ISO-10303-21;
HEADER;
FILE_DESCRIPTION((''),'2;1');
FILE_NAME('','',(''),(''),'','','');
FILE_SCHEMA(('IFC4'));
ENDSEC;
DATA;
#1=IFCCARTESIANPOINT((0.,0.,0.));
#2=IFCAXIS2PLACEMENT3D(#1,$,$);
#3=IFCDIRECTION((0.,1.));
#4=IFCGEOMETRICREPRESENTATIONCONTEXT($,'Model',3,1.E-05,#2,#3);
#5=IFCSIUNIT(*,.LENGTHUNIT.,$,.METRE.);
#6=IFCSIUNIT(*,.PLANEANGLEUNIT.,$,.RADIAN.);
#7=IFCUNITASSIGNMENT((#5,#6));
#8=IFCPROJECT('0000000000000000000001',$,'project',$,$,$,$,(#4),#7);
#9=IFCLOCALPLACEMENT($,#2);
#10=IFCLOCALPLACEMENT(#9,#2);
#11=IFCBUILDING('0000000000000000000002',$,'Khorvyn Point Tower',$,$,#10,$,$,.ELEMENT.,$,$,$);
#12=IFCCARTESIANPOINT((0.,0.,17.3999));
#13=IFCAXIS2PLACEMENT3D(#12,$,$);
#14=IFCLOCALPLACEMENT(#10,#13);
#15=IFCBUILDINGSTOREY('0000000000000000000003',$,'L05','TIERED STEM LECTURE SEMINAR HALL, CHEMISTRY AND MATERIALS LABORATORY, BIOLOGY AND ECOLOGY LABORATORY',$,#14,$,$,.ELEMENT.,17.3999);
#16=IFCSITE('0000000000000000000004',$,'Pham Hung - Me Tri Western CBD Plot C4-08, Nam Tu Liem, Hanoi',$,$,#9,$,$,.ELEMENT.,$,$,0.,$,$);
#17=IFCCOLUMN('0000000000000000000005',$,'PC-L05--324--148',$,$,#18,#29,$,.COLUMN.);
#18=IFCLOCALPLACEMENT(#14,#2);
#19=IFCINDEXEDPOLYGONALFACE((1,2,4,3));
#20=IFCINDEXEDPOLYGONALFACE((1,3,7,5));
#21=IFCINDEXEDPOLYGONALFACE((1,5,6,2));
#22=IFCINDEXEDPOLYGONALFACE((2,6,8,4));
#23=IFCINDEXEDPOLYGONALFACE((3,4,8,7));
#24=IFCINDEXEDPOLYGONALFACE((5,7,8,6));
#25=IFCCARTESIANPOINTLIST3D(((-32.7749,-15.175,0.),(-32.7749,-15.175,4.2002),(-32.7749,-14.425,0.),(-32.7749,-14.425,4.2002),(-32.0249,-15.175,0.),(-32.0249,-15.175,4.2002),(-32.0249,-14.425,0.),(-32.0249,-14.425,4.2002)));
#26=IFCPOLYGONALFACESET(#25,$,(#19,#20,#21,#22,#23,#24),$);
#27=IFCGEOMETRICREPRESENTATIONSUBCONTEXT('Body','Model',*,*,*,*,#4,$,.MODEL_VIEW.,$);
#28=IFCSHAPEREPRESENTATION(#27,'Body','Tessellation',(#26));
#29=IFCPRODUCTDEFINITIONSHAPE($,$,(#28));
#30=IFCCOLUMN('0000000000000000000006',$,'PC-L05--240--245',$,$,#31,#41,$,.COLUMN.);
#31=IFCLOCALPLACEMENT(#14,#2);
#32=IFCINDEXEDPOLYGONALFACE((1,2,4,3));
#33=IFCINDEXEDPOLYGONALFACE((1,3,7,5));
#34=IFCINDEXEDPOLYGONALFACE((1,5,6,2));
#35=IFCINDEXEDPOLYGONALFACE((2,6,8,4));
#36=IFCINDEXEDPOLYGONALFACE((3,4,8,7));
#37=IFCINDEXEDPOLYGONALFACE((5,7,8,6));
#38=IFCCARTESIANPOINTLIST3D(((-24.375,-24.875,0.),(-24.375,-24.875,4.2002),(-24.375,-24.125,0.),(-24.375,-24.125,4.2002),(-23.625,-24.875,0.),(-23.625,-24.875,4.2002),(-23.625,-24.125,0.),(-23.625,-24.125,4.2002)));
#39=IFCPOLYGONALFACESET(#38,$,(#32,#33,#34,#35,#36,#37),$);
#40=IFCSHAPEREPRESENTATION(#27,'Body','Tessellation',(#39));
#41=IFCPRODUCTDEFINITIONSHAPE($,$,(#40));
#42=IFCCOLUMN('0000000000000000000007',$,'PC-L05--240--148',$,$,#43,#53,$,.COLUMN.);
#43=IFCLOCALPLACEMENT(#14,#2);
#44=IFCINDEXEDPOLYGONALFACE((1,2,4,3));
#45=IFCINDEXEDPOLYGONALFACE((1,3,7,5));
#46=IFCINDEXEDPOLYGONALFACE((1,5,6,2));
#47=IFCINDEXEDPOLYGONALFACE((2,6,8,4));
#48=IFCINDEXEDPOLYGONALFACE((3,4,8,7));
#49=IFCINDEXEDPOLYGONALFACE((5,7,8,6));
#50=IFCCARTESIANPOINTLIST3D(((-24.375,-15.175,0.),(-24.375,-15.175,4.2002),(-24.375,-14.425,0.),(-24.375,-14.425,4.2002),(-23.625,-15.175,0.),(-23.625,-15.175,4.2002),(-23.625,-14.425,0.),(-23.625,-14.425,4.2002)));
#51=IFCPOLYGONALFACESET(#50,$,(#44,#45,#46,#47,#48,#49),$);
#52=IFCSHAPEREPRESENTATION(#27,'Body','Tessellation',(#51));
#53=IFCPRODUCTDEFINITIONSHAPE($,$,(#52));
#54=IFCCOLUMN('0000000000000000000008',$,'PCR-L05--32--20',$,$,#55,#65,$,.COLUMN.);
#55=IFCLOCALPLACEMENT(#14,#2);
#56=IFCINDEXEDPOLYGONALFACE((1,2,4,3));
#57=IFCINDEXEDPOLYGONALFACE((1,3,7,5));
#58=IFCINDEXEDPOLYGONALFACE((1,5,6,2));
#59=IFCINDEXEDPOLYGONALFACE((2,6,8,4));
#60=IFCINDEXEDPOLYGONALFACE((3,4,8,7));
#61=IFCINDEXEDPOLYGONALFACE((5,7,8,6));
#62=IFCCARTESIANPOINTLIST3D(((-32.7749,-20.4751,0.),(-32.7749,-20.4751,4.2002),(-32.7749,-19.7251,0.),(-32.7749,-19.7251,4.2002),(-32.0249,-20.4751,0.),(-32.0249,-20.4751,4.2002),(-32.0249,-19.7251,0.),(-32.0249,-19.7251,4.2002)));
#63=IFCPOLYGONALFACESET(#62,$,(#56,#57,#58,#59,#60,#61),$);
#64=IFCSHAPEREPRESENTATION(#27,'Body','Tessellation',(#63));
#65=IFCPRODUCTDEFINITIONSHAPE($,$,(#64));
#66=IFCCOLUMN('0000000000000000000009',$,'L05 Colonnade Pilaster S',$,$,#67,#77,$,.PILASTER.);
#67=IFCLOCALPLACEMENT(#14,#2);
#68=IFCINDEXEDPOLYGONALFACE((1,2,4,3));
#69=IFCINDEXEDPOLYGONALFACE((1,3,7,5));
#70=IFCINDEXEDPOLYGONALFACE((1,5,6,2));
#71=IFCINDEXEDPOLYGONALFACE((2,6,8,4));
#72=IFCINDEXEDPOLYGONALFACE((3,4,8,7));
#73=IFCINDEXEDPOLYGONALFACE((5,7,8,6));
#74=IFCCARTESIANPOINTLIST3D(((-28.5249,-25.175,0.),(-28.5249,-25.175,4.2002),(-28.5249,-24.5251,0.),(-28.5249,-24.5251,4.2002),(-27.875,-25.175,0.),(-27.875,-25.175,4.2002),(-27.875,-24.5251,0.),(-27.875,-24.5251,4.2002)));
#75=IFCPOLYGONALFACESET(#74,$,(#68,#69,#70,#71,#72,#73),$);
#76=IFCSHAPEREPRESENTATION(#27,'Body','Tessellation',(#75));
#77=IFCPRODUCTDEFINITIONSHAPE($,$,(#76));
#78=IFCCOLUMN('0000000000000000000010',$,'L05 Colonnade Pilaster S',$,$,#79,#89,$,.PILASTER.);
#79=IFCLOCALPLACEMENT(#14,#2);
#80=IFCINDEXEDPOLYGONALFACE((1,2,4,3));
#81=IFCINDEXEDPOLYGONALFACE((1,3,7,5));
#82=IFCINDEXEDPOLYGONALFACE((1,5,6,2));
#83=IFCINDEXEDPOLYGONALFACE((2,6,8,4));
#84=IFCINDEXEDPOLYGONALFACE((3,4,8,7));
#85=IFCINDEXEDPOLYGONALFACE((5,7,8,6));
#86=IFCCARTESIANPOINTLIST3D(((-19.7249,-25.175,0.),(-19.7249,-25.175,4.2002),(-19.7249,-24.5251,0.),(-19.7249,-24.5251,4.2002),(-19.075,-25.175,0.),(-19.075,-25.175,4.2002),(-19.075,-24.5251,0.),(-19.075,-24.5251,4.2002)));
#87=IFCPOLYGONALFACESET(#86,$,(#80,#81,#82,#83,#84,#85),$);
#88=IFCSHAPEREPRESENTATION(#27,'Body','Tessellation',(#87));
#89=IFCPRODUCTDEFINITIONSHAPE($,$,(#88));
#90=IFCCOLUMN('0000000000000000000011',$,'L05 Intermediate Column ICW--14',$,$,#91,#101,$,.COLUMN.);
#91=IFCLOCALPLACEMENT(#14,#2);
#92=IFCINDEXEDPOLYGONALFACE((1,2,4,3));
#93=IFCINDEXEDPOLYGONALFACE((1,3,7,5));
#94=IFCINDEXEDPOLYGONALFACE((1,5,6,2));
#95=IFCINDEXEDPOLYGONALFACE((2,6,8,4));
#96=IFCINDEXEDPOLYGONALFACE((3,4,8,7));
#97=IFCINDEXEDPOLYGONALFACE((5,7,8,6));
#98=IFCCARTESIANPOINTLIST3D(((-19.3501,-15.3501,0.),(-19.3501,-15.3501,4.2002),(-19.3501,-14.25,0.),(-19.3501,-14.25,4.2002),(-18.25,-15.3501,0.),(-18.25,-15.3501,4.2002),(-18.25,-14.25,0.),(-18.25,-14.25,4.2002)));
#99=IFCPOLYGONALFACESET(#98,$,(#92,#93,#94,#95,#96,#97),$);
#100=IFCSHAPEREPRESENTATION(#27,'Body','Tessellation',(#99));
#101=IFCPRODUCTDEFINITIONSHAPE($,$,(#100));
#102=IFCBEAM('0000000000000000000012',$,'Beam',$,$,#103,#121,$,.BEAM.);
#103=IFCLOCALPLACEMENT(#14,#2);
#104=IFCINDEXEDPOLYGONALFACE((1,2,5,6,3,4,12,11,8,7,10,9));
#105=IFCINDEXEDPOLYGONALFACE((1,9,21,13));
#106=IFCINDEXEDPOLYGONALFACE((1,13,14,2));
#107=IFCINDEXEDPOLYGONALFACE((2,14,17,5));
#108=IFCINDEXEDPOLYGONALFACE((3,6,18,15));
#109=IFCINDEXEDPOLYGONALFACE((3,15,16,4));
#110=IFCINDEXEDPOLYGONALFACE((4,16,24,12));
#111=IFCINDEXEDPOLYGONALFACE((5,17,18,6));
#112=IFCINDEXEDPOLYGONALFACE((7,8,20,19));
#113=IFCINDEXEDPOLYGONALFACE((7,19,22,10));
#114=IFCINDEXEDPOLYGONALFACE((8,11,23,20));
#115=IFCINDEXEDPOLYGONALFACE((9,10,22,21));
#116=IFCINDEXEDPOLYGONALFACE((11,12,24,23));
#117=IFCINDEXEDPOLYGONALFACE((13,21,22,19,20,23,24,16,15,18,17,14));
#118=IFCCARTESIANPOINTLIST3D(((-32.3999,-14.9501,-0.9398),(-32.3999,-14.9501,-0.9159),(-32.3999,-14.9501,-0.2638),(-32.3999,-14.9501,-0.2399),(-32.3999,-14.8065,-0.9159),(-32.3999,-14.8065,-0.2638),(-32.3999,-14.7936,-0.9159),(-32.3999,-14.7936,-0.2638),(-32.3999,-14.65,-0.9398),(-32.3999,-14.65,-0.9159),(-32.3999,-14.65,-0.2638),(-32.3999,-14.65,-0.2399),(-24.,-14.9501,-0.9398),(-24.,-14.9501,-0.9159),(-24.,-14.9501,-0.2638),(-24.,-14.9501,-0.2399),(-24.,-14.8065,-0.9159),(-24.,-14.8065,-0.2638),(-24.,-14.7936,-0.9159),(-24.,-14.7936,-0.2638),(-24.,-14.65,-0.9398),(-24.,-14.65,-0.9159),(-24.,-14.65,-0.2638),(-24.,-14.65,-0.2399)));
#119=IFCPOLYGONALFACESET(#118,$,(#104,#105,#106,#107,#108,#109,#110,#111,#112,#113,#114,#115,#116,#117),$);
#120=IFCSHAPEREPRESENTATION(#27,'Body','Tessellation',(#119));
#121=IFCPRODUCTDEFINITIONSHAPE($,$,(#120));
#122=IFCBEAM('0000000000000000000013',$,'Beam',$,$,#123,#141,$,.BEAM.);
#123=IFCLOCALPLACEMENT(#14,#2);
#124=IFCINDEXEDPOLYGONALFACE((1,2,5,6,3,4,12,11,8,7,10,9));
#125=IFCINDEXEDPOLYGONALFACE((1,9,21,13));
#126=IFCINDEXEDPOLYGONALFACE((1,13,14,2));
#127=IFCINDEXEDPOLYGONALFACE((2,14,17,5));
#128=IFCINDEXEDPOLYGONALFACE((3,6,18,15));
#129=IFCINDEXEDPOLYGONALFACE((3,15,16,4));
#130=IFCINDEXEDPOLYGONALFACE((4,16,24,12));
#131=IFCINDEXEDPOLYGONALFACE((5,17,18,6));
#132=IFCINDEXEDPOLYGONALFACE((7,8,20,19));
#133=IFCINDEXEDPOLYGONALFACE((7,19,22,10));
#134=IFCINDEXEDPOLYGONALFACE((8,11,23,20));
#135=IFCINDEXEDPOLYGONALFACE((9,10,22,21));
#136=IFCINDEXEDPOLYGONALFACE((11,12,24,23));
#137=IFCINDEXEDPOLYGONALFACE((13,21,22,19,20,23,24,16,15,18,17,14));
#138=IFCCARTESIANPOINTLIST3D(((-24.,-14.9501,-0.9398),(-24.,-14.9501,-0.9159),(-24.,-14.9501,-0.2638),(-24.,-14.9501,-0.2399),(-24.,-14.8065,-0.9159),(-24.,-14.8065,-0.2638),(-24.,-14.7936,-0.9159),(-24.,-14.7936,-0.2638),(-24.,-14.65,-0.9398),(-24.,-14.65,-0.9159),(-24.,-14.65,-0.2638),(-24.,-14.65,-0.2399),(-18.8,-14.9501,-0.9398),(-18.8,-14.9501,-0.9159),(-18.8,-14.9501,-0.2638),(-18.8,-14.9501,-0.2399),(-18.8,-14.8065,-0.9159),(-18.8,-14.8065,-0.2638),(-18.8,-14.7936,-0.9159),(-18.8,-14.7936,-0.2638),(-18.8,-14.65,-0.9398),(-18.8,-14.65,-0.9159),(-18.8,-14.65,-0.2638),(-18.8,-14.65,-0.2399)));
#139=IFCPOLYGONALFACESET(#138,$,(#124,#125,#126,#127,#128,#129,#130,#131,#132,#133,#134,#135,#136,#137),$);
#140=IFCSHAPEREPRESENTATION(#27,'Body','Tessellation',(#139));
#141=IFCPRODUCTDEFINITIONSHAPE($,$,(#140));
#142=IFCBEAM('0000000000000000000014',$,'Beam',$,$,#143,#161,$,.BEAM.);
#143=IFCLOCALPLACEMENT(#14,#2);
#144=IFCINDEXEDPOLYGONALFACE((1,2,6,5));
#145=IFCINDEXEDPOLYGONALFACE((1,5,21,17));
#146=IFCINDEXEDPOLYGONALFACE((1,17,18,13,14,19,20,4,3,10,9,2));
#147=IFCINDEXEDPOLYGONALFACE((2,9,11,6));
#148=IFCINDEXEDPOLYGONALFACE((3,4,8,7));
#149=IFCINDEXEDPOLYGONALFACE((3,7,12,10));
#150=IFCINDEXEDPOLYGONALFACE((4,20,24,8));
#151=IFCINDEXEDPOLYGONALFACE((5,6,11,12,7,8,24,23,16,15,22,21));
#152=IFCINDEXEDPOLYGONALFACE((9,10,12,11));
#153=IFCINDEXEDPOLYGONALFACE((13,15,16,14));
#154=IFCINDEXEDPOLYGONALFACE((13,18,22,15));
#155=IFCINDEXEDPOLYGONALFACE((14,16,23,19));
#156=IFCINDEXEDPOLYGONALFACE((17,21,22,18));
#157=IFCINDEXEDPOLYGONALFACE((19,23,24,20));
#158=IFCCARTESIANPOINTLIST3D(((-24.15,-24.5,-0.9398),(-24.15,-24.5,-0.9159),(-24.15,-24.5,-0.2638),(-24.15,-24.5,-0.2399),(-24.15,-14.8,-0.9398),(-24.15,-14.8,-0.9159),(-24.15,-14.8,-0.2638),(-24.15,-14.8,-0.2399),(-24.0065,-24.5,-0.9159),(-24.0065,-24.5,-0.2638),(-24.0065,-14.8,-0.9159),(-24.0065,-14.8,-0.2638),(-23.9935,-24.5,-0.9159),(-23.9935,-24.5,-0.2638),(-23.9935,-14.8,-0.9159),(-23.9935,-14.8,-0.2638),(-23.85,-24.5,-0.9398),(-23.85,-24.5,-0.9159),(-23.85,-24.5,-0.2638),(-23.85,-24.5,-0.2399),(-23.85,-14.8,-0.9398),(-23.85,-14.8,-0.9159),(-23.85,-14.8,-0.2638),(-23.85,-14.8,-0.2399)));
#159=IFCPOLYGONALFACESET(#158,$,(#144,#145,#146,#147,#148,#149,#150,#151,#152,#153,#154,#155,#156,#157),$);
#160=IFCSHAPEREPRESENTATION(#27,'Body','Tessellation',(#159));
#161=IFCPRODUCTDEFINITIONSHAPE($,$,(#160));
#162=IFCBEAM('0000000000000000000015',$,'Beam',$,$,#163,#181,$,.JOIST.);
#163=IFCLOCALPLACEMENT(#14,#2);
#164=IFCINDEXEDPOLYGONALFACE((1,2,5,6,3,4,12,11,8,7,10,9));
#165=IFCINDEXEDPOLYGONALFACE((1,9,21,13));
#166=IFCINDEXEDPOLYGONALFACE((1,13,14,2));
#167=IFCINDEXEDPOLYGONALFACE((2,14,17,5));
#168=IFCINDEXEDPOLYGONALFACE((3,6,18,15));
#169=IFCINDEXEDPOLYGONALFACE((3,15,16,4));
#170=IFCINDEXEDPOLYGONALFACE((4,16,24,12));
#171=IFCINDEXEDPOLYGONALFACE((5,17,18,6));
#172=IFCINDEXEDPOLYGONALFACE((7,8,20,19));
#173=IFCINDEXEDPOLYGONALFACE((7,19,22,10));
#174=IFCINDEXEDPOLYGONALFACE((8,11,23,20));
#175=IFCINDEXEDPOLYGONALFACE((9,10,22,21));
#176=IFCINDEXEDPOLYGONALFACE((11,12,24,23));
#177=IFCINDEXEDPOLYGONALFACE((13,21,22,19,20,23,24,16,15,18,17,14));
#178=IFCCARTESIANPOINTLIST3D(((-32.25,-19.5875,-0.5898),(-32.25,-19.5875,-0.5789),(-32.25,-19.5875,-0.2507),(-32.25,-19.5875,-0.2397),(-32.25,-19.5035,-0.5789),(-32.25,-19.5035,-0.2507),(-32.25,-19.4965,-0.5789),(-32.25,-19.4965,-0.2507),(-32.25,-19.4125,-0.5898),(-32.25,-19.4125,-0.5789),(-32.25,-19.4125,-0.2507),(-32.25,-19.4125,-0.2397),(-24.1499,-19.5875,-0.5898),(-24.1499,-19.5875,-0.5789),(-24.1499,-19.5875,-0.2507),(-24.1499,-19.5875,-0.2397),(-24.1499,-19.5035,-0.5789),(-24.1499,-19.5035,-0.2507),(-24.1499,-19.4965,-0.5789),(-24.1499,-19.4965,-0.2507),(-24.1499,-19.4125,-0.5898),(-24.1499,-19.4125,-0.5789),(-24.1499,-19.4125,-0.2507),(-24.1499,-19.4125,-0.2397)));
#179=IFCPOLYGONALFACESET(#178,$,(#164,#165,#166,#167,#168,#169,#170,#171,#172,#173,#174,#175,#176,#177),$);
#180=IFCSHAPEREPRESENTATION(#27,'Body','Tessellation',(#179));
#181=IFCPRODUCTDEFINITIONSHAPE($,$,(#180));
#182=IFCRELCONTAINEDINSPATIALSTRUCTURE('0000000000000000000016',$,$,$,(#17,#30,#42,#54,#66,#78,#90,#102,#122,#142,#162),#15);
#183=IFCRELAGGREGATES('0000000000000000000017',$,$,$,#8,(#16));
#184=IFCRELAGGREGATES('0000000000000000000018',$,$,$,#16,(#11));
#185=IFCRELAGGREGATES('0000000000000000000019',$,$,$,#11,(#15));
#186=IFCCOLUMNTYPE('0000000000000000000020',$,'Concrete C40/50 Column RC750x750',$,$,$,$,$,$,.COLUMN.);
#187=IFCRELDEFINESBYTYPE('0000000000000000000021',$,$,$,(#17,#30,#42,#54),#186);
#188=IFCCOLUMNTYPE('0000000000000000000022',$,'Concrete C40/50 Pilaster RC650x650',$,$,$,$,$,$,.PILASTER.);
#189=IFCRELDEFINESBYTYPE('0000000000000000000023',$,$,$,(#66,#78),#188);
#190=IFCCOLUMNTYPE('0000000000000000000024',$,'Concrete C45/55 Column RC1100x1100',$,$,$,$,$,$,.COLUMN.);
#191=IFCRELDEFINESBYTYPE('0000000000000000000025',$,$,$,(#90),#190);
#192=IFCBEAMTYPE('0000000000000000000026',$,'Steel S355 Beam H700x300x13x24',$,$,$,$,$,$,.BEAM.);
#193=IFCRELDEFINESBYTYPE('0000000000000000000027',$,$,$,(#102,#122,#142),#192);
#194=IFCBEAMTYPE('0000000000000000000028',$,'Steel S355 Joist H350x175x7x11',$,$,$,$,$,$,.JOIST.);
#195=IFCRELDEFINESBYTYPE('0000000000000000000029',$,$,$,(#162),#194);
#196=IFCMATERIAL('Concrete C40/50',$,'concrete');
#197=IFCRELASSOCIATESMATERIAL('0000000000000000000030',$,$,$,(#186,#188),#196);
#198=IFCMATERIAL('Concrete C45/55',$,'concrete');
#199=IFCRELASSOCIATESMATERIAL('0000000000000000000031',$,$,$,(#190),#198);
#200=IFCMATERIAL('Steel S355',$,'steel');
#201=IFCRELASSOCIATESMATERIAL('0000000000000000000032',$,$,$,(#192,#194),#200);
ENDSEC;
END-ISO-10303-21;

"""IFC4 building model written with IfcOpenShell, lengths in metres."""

from ifc_helpers import new_model, si_unit, direction, frame, origin, origin_2d, place, context, subcontext, project, spatial, rectangle, i_section, extrude, material, material_profile, profile_set, type_object, element, save


model = new_model("IFC4")

# Units and contexts
model_context = context("Model", 3, precision=1e-05, world=origin(), true_north=direction((0.0, 1.0)))
body_context = subcontext(model_context, "Body", "Model", "MODEL_VIEW")
ifc_project = project(units=[si_unit("LENGTHUNIT", "METRE"), si_unit("PLANEANGLEUNIT", "RADIAN")], contexts=[model_context])

# Site, building, storey
site_placement = place(None, origin())
site = spatial("IfcSite", under=ifc_project, at=site_placement, Name="Pham Hung - Me Tri Western CBD Plot C4-08, Nam Tu Liem, Hanoi", CompositionType="ELEMENT", RefElevation=0.0)
building_placement = place(site_placement, origin())
building = spatial("IfcBuilding", under=site, at=building_placement, Name="Khorvyn Point Tower", CompositionType="ELEMENT")
storey_placement = place(building_placement, frame((0.0, 0.0, 17.3999)))
storey = spatial("IfcBuildingStorey", under=building, at=storey_placement, Name="L05", Description="TIERED STEM LECTURE SEMINAR HALL, CHEMISTRY AND MATERIALS LABORATORY, BIOLOGY AND ECOLOGY LABORATORY", CompositionType="ELEMENT", Elevation=17.3999)

# Columns
ifc_material_1 = material(Name="Concrete C40/50", Category="concrete")
ifc_material_profile_1 = material_profile(ifc_material_1, rectangle(XDim=0.75, YDim=0.75, at=origin_2d()))
ifc_profile_set_1 = profile_set([ifc_material_profile_1], Name="Concrete C40/50 RC750x750")
column_type_1 = type_object("IfcColumnType", Name="Concrete C40/50 Column RC750x750", PredefinedType="COLUMN", material=ifc_profile_set_1)
for number, where, z_axis, x_axis, name in (
    (1, (-32.3999, -14.8, 0.0), (0.0, 0.0, 1.0), (1.0, 0.0, 0.0), "PC-L05--324--148"),
    (2, (-24.0, -24.5, 0.0), (0.0, 0.0, 1.0), (1.0, 0.0, 0.0), "PC-L05--240--245"),
    (3, (-24.0, -14.8, 0.0), (0.0, 0.0, 1.0), (1.0, 0.0, 0.0), "PC-L05--240--148"),
    (4, (-32.3999, -20.1001, 0.0), (0.0, 0.0, 1.0), (1.0, 0.0, 0.0), "PCR-L05--32--20"),
):
    element("IfcColumn", number, at=place(storey_placement, frame(where, z_axis=z_axis, x_axis=x_axis)), inside=storey, type_object=column_type_1, Name=name, PredefinedType="COLUMN", context=body_context, shape_type="SweptSolid", body=[
        extrude(rectangle(XDim=0.75, YDim=0.75, at=origin_2d()), origin(), (0.0, 0.0, 1.0), 4.2002),
    ])
ifc_material_profile_2 = material_profile(ifc_material_1, rectangle(XDim=0.6499, YDim=0.6499, at=origin_2d()))
ifc_profile_set_2 = profile_set([ifc_material_profile_2], Name="Concrete C40/50 RC650x650")
column_type_2 = type_object("IfcColumnType", Name="Concrete C40/50 Pilaster RC650x650", PredefinedType="PILASTER", material=ifc_profile_set_2)
for number, where, z_axis, x_axis, name in (
    (5, (-28.2, -24.8501, 0.0), (0.0, 0.0, 1.0), (1.0, 0.0, 0.0), "L05 Colonnade Pilaster S"),
    (6, (-19.3999, -24.8501, 0.0), (0.0, 0.0, 1.0), (1.0, 0.0, 0.0), "L05 Colonnade Pilaster S"),
):
    element("IfcColumn", number, at=place(storey_placement, frame(where, z_axis=z_axis, x_axis=x_axis)), inside=storey, type_object=column_type_2, Name=name, PredefinedType="PILASTER", context=body_context, shape_type="SweptSolid", body=[
        extrude(rectangle(XDim=0.6499, YDim=0.6499, at=origin_2d()), origin(), (0.0, 0.0, 1.0), 4.2002),
    ])
ifc_material_2 = material(Name="Concrete C45/55", Category="concrete")
ifc_material_profile_3 = material_profile(ifc_material_2, rectangle(XDim=1.1001, YDim=1.1001, at=origin_2d()))
ifc_profile_set_3 = profile_set([ifc_material_profile_3], Name="Concrete C45/55 RC1100x1100")
column_type_3 = type_object("IfcColumnType", Name="Concrete C45/55 Column RC1100x1100", PredefinedType="COLUMN", material=ifc_profile_set_3)
column_placement = place(storey_placement, frame((-18.8, -14.8, 0.0), z_axis=(0.0, 0.0, 1.0), x_axis=(1.0, 0.0, 0.0)))
element("IfcColumn", 7, at=column_placement, inside=storey, type_object=column_type_3, Name="L05 Intermediate Column ICW--14", PredefinedType="COLUMN", context=body_context, shape_type="SweptSolid", body=[
    extrude(rectangle(XDim=1.1001, YDim=1.1001, at=origin_2d()), origin(), (0.0, 0.0, 1.0), 4.2002),
])

# Beams
ifc_material_3 = material(Name="Steel S355", Category="steel")
ifc_material_profile_4 = material_profile(ifc_material_3, i_section(OverallWidth=0.3, OverallDepth=0.7, WebThickness=0.0129, FlangeThickness=0.0239, at=origin_2d()))
ifc_profile_set_4 = profile_set([ifc_material_profile_4], Name="Steel S355 H700x300x13x24")
beam_type_1 = type_object("IfcBeamType", Name="Steel S355 Beam H700x300x13x24", PredefinedType="BEAM", material=ifc_profile_set_4)
beam_1_placement = place(storey_placement, frame((-32.3999, -14.8, -0.5898), z_axis=(1.0, 0.0, 0.0), x_axis=(0.0, 1.0, 0.0)))
element("IfcBeam", 8, at=beam_1_placement, inside=storey, type_object=beam_type_1, Name="Beam", PredefinedType="BEAM", context=body_context, shape_type="SweptSolid", body=[
    extrude(i_section(OverallWidth=0.3, OverallDepth=0.7, WebThickness=0.0129, FlangeThickness=0.0239, at=origin_2d()), origin(), (0.0, 0.0, 1.0), 8.3999),
])
beam_2_placement = place(storey_placement, frame((-24.0, -14.8, -0.5898), z_axis=(1.0, 0.0, 0.0), x_axis=(0.0, 1.0, 0.0)))
element("IfcBeam", 9, at=beam_2_placement, inside=storey, type_object=beam_type_1, Name="Beam", PredefinedType="BEAM", context=body_context, shape_type="SweptSolid", body=[
    extrude(i_section(OverallWidth=0.3, OverallDepth=0.7, WebThickness=0.0129, FlangeThickness=0.0239, at=origin_2d()), origin(), (0.0, 0.0, 1.0), 5.2),
])
beam_3_placement = place(storey_placement, frame((-24.0, -24.5, -0.5898), z_axis=(0.0, 1.0, 0.0), x_axis=(-1.0, 0.0, 0.0)))
element("IfcBeam", 10, at=beam_3_placement, inside=storey, type_object=beam_type_1, Name="Beam", PredefinedType="BEAM", context=body_context, shape_type="SweptSolid", body=[
    extrude(i_section(OverallWidth=0.3, OverallDepth=0.7, WebThickness=0.0129, FlangeThickness=0.0239, at=origin_2d()), origin(), (0.0, 0.0, 1.0), 9.7),
])
ifc_material_profile_5 = material_profile(ifc_material_3, i_section(OverallWidth=0.175, OverallDepth=0.3501, WebThickness=0.0071, FlangeThickness=0.011, at=origin_2d()))
ifc_profile_set_5 = profile_set([ifc_material_profile_5], Name="Steel S355 H350x175x7x11")
beam_type_2 = type_object("IfcBeamType", Name="Steel S355 Joist H350x175x7x11", PredefinedType="JOIST", material=ifc_profile_set_5)
beam_4_placement = place(storey_placement, frame((-32.25, -19.5, -0.4148), z_axis=(1.0, 0.0, 0.0), x_axis=(0.0, 1.0, 0.0)))
element("IfcBeam", 11, at=beam_4_placement, inside=storey, type_object=beam_type_2, Name="Beam", PredefinedType="JOIST", context=body_context, shape_type="SweptSolid", body=[
    extrude(i_section(OverallWidth=0.175, OverallDepth=0.3501, WebThickness=0.0071, FlangeThickness=0.011, at=origin_2d()), origin(), (0.0, 0.0, 1.0), 8.1001),
])

save(model, "model.ifc")
